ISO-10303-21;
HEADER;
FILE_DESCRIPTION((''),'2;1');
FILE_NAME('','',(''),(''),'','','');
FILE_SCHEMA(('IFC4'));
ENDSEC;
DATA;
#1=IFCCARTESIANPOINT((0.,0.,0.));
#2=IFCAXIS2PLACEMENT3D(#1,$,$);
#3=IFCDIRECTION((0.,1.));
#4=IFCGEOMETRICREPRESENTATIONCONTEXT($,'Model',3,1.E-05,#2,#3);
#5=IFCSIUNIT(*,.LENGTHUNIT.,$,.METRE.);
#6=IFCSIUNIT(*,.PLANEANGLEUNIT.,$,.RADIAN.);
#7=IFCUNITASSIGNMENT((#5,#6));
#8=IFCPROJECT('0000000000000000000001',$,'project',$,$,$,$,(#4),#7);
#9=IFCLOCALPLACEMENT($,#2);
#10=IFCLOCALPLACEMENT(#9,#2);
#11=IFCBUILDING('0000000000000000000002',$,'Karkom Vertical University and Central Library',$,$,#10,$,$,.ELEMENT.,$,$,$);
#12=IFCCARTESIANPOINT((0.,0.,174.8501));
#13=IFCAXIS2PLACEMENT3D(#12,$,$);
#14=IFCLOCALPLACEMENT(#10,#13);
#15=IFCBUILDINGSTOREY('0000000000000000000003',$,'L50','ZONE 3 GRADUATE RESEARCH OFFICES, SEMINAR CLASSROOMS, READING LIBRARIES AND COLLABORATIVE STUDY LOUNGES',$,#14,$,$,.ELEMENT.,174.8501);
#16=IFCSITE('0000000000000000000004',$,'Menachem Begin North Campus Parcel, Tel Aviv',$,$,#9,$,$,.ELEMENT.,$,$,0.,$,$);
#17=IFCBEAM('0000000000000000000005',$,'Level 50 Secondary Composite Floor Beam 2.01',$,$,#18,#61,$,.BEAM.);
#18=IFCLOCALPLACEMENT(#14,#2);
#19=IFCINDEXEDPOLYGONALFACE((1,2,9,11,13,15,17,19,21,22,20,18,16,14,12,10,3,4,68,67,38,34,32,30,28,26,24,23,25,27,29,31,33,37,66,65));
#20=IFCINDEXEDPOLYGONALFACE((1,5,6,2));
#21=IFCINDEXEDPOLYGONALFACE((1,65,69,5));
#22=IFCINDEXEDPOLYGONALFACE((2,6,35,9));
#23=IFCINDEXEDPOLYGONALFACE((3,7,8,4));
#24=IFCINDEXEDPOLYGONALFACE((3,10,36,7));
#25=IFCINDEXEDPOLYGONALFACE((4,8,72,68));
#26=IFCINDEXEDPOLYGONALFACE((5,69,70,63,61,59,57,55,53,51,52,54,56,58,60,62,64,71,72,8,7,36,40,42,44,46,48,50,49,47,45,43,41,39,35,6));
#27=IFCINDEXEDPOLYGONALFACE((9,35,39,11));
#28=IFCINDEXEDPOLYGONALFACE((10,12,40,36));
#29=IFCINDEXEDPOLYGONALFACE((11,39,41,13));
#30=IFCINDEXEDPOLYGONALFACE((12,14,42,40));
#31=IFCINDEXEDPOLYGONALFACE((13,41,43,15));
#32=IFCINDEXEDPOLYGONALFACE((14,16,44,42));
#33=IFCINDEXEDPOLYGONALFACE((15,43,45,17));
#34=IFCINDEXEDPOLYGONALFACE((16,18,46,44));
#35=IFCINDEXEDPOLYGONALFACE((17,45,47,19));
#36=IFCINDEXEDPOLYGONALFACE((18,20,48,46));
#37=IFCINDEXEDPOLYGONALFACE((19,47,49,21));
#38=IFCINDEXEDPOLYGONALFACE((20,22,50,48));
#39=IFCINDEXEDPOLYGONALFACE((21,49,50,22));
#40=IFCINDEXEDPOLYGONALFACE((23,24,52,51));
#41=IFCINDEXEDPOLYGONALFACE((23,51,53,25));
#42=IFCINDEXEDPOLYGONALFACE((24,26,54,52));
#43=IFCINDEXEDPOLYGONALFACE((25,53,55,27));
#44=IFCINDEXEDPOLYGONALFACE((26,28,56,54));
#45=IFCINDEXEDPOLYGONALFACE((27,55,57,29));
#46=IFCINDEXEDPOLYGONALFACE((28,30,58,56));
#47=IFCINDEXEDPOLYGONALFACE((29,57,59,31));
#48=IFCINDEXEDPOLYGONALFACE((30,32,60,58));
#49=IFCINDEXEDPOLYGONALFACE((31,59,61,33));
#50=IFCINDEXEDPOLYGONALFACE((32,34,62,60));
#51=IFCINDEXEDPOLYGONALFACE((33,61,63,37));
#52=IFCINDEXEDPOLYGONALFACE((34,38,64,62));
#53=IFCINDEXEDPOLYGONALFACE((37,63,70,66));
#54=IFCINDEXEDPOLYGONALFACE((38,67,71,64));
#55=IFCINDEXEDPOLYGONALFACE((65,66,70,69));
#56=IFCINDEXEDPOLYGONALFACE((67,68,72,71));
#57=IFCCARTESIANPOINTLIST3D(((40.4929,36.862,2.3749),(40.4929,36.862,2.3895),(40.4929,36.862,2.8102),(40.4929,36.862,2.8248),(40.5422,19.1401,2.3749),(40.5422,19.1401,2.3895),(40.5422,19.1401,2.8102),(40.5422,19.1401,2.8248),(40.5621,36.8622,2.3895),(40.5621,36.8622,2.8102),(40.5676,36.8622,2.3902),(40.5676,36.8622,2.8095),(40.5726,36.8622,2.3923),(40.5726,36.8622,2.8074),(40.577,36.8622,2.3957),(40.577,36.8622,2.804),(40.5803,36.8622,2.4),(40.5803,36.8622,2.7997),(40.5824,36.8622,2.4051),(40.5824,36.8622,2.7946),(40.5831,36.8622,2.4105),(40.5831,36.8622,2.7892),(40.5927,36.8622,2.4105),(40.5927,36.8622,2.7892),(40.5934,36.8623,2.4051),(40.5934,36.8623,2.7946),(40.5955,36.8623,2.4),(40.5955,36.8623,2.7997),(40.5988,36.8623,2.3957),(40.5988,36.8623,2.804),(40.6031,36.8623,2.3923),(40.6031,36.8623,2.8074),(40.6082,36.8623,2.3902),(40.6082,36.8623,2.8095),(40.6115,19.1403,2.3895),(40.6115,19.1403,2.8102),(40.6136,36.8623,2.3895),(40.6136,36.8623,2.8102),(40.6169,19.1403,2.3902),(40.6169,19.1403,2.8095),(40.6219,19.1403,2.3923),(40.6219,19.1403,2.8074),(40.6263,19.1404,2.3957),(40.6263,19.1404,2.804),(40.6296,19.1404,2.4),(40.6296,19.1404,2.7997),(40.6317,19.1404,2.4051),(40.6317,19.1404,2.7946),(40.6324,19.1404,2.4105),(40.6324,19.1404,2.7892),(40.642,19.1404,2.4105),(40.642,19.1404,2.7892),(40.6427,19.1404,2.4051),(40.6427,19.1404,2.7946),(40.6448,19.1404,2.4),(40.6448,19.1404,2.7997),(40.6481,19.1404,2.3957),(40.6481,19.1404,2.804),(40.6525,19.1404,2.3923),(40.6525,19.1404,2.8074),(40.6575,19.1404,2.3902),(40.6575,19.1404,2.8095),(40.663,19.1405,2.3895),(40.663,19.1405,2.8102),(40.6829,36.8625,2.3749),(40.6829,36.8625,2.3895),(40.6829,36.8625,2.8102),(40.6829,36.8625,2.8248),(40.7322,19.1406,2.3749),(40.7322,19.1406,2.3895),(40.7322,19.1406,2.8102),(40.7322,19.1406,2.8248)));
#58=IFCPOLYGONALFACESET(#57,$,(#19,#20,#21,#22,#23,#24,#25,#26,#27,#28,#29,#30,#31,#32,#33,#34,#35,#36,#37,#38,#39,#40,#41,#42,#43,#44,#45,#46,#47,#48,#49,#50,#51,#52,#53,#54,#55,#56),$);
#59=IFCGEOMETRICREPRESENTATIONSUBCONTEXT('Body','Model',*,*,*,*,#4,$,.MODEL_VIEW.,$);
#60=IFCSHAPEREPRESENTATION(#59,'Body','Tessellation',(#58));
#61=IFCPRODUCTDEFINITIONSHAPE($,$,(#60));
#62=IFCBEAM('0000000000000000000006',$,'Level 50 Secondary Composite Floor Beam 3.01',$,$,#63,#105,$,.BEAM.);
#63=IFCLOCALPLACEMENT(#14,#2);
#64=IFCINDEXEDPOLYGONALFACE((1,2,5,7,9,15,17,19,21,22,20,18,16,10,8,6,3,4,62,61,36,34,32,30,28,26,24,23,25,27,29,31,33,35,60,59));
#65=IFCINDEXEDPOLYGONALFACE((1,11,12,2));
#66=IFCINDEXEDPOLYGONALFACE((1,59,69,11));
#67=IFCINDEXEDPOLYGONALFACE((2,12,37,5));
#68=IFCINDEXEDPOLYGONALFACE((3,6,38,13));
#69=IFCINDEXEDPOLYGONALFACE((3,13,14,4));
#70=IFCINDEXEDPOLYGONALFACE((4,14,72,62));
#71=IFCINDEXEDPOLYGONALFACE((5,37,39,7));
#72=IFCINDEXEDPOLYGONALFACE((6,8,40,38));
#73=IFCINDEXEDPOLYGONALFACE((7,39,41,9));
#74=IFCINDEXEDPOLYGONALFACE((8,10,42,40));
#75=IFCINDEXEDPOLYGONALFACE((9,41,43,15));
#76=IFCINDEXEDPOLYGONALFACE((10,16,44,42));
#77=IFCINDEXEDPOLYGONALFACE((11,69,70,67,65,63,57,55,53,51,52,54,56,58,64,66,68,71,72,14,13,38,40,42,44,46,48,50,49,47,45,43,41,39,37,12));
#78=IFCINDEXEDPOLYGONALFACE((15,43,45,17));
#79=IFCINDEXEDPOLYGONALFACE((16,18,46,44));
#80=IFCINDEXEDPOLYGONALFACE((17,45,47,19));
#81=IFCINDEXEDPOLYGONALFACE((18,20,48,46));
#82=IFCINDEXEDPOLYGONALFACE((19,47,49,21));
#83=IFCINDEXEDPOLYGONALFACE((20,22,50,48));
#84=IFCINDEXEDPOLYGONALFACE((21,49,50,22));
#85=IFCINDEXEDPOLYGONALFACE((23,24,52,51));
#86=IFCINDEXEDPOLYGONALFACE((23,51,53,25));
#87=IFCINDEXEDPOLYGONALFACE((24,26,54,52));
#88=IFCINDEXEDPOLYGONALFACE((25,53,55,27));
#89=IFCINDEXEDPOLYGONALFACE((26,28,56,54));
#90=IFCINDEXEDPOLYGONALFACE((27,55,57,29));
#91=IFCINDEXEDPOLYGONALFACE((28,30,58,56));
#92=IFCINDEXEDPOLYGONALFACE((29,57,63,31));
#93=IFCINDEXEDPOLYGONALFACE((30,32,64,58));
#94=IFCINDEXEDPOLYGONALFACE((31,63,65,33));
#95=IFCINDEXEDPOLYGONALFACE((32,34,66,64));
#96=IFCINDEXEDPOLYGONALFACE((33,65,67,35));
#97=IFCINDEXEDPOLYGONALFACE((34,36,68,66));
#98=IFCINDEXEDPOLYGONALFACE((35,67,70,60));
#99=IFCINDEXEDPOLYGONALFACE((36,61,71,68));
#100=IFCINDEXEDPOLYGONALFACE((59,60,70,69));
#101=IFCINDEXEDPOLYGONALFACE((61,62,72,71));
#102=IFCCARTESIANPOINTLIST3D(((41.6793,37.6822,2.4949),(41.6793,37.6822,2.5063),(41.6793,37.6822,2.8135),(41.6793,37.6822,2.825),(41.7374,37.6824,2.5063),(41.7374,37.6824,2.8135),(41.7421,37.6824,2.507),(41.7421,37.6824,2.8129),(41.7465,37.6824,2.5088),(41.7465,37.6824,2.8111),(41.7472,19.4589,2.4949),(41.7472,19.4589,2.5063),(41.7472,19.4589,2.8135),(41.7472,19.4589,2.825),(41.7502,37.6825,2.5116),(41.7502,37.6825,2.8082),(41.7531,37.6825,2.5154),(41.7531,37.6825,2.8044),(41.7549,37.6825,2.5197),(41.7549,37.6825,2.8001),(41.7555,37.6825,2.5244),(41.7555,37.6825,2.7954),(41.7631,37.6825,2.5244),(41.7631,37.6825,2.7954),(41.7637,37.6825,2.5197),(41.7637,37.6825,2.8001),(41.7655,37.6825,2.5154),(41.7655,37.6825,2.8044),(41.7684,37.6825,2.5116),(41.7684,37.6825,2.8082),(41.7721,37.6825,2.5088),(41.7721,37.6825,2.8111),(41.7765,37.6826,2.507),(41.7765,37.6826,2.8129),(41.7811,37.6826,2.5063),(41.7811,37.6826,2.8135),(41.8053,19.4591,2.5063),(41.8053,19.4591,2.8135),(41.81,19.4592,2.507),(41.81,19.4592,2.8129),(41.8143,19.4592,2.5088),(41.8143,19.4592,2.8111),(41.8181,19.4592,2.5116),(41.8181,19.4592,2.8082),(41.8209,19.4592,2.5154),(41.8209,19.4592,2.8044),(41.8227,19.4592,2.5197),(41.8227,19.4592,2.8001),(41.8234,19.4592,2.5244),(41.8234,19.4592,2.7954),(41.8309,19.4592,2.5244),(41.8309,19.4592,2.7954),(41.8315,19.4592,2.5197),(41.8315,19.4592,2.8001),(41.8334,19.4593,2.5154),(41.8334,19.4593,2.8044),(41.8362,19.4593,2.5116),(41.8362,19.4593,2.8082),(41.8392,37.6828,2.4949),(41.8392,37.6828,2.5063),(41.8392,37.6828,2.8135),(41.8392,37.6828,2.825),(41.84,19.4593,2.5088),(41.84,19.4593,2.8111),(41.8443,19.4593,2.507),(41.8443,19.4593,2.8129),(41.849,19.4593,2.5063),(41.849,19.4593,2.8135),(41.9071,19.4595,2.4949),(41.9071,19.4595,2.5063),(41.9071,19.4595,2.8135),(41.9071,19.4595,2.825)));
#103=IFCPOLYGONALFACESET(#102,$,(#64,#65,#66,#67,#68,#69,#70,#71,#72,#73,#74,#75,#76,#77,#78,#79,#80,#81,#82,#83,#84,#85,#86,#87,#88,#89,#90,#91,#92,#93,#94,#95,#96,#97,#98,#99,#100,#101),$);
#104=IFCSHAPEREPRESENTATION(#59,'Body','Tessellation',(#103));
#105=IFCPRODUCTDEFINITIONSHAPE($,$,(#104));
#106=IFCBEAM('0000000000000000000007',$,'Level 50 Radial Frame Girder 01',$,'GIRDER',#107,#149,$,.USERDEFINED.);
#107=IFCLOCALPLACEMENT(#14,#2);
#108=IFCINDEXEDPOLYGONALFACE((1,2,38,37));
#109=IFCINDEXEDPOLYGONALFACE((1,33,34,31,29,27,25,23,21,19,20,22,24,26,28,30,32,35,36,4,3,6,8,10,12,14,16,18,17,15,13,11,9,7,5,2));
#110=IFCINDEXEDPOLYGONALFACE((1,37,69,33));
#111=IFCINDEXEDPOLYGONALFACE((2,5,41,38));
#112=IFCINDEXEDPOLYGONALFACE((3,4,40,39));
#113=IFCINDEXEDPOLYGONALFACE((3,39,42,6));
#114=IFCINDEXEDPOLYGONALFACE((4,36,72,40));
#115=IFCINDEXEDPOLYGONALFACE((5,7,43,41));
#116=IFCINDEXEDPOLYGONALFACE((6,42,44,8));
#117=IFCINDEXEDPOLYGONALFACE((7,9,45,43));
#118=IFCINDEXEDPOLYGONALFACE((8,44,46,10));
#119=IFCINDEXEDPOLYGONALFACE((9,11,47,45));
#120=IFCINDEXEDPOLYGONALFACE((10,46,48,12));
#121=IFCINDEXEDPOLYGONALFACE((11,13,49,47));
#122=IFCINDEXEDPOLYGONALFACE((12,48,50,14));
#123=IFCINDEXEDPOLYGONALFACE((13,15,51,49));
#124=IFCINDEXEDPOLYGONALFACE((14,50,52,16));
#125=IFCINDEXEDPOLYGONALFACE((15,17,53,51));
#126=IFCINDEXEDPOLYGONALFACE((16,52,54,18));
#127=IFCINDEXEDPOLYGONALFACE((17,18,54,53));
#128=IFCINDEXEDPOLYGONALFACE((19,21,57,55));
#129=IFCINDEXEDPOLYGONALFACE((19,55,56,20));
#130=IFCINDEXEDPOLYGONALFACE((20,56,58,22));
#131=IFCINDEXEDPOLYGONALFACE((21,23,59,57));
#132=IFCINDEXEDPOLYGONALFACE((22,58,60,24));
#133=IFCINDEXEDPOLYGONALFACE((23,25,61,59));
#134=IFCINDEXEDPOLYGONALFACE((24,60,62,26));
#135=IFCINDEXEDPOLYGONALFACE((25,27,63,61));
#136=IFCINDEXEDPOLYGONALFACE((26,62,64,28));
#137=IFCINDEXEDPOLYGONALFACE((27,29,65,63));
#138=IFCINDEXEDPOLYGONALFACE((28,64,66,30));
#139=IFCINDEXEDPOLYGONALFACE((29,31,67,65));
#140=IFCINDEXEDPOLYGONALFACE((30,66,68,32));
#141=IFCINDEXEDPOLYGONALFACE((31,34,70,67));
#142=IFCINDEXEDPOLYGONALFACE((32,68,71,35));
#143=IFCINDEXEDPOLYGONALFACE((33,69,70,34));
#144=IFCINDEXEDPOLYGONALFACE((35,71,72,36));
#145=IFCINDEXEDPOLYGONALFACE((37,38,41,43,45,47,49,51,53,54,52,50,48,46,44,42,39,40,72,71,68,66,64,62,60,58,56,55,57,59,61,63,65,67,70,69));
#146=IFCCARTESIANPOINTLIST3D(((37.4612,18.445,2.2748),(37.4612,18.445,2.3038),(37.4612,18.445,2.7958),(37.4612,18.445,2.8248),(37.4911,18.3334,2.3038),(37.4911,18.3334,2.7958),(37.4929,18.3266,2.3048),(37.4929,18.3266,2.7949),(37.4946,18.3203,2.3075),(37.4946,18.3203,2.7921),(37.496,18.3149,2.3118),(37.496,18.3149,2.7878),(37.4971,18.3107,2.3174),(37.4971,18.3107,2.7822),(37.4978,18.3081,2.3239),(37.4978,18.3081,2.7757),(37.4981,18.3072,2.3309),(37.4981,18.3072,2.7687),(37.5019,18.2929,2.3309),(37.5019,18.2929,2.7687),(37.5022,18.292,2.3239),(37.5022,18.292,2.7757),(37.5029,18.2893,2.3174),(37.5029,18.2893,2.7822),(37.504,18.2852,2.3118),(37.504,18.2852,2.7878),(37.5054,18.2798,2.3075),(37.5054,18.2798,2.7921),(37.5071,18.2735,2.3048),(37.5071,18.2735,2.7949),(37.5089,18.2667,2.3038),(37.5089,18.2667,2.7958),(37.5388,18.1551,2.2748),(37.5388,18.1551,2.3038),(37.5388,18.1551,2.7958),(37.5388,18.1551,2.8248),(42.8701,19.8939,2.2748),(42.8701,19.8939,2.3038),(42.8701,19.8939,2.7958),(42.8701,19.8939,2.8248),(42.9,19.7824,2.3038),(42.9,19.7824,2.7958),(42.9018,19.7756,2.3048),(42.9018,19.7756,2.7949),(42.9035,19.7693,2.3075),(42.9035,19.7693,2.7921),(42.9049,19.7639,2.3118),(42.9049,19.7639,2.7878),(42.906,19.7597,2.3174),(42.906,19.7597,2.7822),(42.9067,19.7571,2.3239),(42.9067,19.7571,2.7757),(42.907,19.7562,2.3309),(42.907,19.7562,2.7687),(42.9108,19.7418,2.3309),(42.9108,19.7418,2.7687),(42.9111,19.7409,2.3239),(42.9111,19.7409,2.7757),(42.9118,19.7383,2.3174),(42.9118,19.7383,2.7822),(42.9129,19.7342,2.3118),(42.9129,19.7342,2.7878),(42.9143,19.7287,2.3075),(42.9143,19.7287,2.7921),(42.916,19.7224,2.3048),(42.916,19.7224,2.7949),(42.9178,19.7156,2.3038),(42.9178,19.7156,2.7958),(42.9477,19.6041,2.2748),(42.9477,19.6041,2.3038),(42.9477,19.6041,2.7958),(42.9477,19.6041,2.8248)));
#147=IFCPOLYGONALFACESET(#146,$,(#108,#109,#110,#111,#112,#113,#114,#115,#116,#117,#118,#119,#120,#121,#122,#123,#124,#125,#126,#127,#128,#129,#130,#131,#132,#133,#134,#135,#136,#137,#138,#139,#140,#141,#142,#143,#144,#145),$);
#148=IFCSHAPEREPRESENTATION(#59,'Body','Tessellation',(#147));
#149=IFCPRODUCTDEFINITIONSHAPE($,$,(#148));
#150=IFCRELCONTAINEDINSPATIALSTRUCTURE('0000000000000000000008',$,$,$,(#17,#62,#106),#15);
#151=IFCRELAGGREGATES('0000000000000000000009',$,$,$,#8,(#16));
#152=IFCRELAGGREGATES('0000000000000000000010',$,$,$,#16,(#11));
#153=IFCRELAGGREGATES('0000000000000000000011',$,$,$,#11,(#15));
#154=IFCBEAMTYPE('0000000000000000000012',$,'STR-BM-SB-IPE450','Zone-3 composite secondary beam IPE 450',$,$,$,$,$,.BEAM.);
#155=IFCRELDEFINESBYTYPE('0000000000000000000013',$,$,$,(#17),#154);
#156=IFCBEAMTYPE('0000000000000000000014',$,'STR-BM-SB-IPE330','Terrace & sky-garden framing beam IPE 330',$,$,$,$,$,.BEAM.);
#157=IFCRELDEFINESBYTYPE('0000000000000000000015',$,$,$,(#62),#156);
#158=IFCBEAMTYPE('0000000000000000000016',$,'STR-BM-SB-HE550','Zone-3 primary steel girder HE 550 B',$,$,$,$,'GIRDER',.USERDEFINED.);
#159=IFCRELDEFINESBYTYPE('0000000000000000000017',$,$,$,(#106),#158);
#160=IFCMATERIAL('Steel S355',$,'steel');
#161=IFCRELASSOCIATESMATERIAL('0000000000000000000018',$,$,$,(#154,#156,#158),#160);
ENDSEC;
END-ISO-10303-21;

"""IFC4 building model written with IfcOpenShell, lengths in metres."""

from ifc_helpers import new_model, si_unit, direction, frame, origin, origin_with_axes, origin_2d, place, context, subcontext, project, spatial, i_section, extrude, source, transform, mapped, material, material_profile, profile_set, type_object, element, save


model = new_model("IFC4")

# Units and contexts
model_context = context("Model", 3, precision=1e-05, world=origin(), true_north=direction((0.0, 1.0)))
body_context = subcontext(model_context, "Body", "Model", "MODEL_VIEW")
ifc_project = project(units=[si_unit("LENGTHUNIT", "METRE"), si_unit("PLANEANGLEUNIT", "RADIAN")], contexts=[model_context])

# Site, building, storey
site_placement = place(None, origin())
site = spatial("IfcSite", under=ifc_project, at=site_placement, Name="Menachem Begin North Campus Parcel, Tel Aviv", CompositionType="ELEMENT", RefElevation=0.0)
building_placement = place(site_placement, origin())
building = spatial("IfcBuilding", under=site, at=building_placement, Name="Karkom Vertical University and Central Library", CompositionType="ELEMENT")
storey_placement = place(building_placement, frame((0.0, 0.0, 174.8501)))
storey = spatial("IfcBuildingStorey", under=building, at=storey_placement, Name="L50", Description="ZONE 3 GRADUATE RESEARCH OFFICES, SEMINAR CLASSROOMS, READING LIBRARIES AND COLLABORATIVE STUDY LOUNGES", CompositionType="ELEMENT", Elevation=174.8501)

# Beams
ifc_material_1 = material(Name="Steel S355", Category="steel")
ifc_material_profile_1 = material_profile(ifc_material_1, i_section(OverallWidth=0.1899, OverallDepth=0.45, WebThickness=0.0095, FlangeThickness=0.0146, FilletRadius=0.021, at=origin_2d()), Name="IPE 450")
ifc_profile_set_1 = profile_set([ifc_material_profile_1], Name="Steel S355")
beam_type_1 = type_object("IfcBeamType", Name="STR-BM-SB-IPE450", Description="Zone-3 composite secondary beam IPE 450", PredefinedType="BEAM", material=ifc_profile_set_1)
shared_shape_1 = source(origin_with_axes(), body_context, "Body", "SweptSolid", [
    extrude(i_section(OverallWidth=0.1899, OverallDepth=0.45, WebThickness=0.0095, FlangeThickness=0.0146, FilletRadius=0.021, at=origin_2d()), origin(), (0.0, 0.0, 1.0), 17.7219),
])
beam_1_placement = place(storey_placement, frame((40.6372, 19.1404, 2.5999), z_axis=(-0.002783, 0.999996, 0.0), x_axis=(-0.999996, -0.002783, 0.0)))
element("IfcBeam", 1, at=beam_1_placement, inside=storey, type_object=beam_type_1, Name="Level 50 Secondary Composite Floor Beam 2.01", PredefinedType="BEAM", context=body_context, shape_type="MappedRepresentation", body=[
    mapped(shared_shape_1, transform((0.0, 0.0, 0.0), scale=1.0)),
])
ifc_material_profile_2 = material_profile(ifc_material_1, i_section(OverallWidth=0.1599, OverallDepth=0.3301, WebThickness=0.0076, FlangeThickness=0.0115, FilletRadius=0.0181, at=origin_2d()), Name="IPE 330")
ifc_profile_set_2 = profile_set([ifc_material_profile_2], Name="Steel S355")
beam_type_2 = type_object("IfcBeamType", Name="STR-BM-SB-IPE330", Description="Terrace & sky-garden framing beam IPE 330", PredefinedType="BEAM", material=ifc_profile_set_2)
shared_shape_2 = source(origin_with_axes(), body_context, "Body", "SweptSolid", [
    extrude(i_section(OverallWidth=0.1599, OverallDepth=0.3301, WebThickness=0.0076, FlangeThickness=0.0115, FilletRadius=0.0181, at=origin_2d()), origin(), (0.0, 0.0, 1.0), 18.2234),
])
beam_2_placement = place(storey_placement, frame((41.8271, 19.4592, 2.6599), z_axis=(-0.003724, 0.999993, 0.0), x_axis=(-0.999993, -0.003724, 0.0)))
element("IfcBeam", 2, at=beam_2_placement, inside=storey, type_object=beam_type_2, Name="Level 50 Secondary Composite Floor Beam 3.01", PredefinedType="BEAM", context=body_context, shape_type="MappedRepresentation", body=[
    mapped(shared_shape_2, transform((0.0, 0.0, 0.0), scale=1.0)),
])
ifc_material_profile_3 = material_profile(ifc_material_1, i_section(OverallWidth=0.3, OverallDepth=0.55, WebThickness=0.0149, FlangeThickness=0.0291, FilletRadius=0.0271, at=origin_2d()), Name="HE 550 B")
ifc_profile_set_3 = profile_set([ifc_material_profile_3], Name="Steel S355")
beam_type_3 = type_object("IfcBeamType", Name="STR-BM-SB-HE550", Description="Zone-3 primary steel girder HE 550 B", ElementType="GIRDER", PredefinedType="USERDEFINED", material=ifc_profile_set_3)
shared_shape_3 = source(origin_with_axes(), body_context, "Body", "SweptSolid", [
    extrude(i_section(OverallWidth=0.3, OverallDepth=0.55, WebThickness=0.0149, FlangeThickness=0.0291, FilletRadius=0.0271, at=origin_2d()), origin(), (0.0, 0.0, 1.0), 5.5996),
])
beam_3_placement = place(storey_placement, frame((37.5, 18.3, 2.5498), z_axis=(0.965941, 0.258762, 0.0), x_axis=(-0.258762, 0.965941, 0.0)))
element("IfcBeam", 3, at=beam_3_placement, inside=storey, type_object=beam_type_3, Name="Level 50 Radial Frame Girder 01", ObjectType="GIRDER", PredefinedType="USERDEFINED", context=body_context, shape_type="MappedRepresentation", body=[
    mapped(shared_shape_3, transform((0.0, 0.0, 0.0), scale=1.0)),
])

save(model, "model.ifc")
